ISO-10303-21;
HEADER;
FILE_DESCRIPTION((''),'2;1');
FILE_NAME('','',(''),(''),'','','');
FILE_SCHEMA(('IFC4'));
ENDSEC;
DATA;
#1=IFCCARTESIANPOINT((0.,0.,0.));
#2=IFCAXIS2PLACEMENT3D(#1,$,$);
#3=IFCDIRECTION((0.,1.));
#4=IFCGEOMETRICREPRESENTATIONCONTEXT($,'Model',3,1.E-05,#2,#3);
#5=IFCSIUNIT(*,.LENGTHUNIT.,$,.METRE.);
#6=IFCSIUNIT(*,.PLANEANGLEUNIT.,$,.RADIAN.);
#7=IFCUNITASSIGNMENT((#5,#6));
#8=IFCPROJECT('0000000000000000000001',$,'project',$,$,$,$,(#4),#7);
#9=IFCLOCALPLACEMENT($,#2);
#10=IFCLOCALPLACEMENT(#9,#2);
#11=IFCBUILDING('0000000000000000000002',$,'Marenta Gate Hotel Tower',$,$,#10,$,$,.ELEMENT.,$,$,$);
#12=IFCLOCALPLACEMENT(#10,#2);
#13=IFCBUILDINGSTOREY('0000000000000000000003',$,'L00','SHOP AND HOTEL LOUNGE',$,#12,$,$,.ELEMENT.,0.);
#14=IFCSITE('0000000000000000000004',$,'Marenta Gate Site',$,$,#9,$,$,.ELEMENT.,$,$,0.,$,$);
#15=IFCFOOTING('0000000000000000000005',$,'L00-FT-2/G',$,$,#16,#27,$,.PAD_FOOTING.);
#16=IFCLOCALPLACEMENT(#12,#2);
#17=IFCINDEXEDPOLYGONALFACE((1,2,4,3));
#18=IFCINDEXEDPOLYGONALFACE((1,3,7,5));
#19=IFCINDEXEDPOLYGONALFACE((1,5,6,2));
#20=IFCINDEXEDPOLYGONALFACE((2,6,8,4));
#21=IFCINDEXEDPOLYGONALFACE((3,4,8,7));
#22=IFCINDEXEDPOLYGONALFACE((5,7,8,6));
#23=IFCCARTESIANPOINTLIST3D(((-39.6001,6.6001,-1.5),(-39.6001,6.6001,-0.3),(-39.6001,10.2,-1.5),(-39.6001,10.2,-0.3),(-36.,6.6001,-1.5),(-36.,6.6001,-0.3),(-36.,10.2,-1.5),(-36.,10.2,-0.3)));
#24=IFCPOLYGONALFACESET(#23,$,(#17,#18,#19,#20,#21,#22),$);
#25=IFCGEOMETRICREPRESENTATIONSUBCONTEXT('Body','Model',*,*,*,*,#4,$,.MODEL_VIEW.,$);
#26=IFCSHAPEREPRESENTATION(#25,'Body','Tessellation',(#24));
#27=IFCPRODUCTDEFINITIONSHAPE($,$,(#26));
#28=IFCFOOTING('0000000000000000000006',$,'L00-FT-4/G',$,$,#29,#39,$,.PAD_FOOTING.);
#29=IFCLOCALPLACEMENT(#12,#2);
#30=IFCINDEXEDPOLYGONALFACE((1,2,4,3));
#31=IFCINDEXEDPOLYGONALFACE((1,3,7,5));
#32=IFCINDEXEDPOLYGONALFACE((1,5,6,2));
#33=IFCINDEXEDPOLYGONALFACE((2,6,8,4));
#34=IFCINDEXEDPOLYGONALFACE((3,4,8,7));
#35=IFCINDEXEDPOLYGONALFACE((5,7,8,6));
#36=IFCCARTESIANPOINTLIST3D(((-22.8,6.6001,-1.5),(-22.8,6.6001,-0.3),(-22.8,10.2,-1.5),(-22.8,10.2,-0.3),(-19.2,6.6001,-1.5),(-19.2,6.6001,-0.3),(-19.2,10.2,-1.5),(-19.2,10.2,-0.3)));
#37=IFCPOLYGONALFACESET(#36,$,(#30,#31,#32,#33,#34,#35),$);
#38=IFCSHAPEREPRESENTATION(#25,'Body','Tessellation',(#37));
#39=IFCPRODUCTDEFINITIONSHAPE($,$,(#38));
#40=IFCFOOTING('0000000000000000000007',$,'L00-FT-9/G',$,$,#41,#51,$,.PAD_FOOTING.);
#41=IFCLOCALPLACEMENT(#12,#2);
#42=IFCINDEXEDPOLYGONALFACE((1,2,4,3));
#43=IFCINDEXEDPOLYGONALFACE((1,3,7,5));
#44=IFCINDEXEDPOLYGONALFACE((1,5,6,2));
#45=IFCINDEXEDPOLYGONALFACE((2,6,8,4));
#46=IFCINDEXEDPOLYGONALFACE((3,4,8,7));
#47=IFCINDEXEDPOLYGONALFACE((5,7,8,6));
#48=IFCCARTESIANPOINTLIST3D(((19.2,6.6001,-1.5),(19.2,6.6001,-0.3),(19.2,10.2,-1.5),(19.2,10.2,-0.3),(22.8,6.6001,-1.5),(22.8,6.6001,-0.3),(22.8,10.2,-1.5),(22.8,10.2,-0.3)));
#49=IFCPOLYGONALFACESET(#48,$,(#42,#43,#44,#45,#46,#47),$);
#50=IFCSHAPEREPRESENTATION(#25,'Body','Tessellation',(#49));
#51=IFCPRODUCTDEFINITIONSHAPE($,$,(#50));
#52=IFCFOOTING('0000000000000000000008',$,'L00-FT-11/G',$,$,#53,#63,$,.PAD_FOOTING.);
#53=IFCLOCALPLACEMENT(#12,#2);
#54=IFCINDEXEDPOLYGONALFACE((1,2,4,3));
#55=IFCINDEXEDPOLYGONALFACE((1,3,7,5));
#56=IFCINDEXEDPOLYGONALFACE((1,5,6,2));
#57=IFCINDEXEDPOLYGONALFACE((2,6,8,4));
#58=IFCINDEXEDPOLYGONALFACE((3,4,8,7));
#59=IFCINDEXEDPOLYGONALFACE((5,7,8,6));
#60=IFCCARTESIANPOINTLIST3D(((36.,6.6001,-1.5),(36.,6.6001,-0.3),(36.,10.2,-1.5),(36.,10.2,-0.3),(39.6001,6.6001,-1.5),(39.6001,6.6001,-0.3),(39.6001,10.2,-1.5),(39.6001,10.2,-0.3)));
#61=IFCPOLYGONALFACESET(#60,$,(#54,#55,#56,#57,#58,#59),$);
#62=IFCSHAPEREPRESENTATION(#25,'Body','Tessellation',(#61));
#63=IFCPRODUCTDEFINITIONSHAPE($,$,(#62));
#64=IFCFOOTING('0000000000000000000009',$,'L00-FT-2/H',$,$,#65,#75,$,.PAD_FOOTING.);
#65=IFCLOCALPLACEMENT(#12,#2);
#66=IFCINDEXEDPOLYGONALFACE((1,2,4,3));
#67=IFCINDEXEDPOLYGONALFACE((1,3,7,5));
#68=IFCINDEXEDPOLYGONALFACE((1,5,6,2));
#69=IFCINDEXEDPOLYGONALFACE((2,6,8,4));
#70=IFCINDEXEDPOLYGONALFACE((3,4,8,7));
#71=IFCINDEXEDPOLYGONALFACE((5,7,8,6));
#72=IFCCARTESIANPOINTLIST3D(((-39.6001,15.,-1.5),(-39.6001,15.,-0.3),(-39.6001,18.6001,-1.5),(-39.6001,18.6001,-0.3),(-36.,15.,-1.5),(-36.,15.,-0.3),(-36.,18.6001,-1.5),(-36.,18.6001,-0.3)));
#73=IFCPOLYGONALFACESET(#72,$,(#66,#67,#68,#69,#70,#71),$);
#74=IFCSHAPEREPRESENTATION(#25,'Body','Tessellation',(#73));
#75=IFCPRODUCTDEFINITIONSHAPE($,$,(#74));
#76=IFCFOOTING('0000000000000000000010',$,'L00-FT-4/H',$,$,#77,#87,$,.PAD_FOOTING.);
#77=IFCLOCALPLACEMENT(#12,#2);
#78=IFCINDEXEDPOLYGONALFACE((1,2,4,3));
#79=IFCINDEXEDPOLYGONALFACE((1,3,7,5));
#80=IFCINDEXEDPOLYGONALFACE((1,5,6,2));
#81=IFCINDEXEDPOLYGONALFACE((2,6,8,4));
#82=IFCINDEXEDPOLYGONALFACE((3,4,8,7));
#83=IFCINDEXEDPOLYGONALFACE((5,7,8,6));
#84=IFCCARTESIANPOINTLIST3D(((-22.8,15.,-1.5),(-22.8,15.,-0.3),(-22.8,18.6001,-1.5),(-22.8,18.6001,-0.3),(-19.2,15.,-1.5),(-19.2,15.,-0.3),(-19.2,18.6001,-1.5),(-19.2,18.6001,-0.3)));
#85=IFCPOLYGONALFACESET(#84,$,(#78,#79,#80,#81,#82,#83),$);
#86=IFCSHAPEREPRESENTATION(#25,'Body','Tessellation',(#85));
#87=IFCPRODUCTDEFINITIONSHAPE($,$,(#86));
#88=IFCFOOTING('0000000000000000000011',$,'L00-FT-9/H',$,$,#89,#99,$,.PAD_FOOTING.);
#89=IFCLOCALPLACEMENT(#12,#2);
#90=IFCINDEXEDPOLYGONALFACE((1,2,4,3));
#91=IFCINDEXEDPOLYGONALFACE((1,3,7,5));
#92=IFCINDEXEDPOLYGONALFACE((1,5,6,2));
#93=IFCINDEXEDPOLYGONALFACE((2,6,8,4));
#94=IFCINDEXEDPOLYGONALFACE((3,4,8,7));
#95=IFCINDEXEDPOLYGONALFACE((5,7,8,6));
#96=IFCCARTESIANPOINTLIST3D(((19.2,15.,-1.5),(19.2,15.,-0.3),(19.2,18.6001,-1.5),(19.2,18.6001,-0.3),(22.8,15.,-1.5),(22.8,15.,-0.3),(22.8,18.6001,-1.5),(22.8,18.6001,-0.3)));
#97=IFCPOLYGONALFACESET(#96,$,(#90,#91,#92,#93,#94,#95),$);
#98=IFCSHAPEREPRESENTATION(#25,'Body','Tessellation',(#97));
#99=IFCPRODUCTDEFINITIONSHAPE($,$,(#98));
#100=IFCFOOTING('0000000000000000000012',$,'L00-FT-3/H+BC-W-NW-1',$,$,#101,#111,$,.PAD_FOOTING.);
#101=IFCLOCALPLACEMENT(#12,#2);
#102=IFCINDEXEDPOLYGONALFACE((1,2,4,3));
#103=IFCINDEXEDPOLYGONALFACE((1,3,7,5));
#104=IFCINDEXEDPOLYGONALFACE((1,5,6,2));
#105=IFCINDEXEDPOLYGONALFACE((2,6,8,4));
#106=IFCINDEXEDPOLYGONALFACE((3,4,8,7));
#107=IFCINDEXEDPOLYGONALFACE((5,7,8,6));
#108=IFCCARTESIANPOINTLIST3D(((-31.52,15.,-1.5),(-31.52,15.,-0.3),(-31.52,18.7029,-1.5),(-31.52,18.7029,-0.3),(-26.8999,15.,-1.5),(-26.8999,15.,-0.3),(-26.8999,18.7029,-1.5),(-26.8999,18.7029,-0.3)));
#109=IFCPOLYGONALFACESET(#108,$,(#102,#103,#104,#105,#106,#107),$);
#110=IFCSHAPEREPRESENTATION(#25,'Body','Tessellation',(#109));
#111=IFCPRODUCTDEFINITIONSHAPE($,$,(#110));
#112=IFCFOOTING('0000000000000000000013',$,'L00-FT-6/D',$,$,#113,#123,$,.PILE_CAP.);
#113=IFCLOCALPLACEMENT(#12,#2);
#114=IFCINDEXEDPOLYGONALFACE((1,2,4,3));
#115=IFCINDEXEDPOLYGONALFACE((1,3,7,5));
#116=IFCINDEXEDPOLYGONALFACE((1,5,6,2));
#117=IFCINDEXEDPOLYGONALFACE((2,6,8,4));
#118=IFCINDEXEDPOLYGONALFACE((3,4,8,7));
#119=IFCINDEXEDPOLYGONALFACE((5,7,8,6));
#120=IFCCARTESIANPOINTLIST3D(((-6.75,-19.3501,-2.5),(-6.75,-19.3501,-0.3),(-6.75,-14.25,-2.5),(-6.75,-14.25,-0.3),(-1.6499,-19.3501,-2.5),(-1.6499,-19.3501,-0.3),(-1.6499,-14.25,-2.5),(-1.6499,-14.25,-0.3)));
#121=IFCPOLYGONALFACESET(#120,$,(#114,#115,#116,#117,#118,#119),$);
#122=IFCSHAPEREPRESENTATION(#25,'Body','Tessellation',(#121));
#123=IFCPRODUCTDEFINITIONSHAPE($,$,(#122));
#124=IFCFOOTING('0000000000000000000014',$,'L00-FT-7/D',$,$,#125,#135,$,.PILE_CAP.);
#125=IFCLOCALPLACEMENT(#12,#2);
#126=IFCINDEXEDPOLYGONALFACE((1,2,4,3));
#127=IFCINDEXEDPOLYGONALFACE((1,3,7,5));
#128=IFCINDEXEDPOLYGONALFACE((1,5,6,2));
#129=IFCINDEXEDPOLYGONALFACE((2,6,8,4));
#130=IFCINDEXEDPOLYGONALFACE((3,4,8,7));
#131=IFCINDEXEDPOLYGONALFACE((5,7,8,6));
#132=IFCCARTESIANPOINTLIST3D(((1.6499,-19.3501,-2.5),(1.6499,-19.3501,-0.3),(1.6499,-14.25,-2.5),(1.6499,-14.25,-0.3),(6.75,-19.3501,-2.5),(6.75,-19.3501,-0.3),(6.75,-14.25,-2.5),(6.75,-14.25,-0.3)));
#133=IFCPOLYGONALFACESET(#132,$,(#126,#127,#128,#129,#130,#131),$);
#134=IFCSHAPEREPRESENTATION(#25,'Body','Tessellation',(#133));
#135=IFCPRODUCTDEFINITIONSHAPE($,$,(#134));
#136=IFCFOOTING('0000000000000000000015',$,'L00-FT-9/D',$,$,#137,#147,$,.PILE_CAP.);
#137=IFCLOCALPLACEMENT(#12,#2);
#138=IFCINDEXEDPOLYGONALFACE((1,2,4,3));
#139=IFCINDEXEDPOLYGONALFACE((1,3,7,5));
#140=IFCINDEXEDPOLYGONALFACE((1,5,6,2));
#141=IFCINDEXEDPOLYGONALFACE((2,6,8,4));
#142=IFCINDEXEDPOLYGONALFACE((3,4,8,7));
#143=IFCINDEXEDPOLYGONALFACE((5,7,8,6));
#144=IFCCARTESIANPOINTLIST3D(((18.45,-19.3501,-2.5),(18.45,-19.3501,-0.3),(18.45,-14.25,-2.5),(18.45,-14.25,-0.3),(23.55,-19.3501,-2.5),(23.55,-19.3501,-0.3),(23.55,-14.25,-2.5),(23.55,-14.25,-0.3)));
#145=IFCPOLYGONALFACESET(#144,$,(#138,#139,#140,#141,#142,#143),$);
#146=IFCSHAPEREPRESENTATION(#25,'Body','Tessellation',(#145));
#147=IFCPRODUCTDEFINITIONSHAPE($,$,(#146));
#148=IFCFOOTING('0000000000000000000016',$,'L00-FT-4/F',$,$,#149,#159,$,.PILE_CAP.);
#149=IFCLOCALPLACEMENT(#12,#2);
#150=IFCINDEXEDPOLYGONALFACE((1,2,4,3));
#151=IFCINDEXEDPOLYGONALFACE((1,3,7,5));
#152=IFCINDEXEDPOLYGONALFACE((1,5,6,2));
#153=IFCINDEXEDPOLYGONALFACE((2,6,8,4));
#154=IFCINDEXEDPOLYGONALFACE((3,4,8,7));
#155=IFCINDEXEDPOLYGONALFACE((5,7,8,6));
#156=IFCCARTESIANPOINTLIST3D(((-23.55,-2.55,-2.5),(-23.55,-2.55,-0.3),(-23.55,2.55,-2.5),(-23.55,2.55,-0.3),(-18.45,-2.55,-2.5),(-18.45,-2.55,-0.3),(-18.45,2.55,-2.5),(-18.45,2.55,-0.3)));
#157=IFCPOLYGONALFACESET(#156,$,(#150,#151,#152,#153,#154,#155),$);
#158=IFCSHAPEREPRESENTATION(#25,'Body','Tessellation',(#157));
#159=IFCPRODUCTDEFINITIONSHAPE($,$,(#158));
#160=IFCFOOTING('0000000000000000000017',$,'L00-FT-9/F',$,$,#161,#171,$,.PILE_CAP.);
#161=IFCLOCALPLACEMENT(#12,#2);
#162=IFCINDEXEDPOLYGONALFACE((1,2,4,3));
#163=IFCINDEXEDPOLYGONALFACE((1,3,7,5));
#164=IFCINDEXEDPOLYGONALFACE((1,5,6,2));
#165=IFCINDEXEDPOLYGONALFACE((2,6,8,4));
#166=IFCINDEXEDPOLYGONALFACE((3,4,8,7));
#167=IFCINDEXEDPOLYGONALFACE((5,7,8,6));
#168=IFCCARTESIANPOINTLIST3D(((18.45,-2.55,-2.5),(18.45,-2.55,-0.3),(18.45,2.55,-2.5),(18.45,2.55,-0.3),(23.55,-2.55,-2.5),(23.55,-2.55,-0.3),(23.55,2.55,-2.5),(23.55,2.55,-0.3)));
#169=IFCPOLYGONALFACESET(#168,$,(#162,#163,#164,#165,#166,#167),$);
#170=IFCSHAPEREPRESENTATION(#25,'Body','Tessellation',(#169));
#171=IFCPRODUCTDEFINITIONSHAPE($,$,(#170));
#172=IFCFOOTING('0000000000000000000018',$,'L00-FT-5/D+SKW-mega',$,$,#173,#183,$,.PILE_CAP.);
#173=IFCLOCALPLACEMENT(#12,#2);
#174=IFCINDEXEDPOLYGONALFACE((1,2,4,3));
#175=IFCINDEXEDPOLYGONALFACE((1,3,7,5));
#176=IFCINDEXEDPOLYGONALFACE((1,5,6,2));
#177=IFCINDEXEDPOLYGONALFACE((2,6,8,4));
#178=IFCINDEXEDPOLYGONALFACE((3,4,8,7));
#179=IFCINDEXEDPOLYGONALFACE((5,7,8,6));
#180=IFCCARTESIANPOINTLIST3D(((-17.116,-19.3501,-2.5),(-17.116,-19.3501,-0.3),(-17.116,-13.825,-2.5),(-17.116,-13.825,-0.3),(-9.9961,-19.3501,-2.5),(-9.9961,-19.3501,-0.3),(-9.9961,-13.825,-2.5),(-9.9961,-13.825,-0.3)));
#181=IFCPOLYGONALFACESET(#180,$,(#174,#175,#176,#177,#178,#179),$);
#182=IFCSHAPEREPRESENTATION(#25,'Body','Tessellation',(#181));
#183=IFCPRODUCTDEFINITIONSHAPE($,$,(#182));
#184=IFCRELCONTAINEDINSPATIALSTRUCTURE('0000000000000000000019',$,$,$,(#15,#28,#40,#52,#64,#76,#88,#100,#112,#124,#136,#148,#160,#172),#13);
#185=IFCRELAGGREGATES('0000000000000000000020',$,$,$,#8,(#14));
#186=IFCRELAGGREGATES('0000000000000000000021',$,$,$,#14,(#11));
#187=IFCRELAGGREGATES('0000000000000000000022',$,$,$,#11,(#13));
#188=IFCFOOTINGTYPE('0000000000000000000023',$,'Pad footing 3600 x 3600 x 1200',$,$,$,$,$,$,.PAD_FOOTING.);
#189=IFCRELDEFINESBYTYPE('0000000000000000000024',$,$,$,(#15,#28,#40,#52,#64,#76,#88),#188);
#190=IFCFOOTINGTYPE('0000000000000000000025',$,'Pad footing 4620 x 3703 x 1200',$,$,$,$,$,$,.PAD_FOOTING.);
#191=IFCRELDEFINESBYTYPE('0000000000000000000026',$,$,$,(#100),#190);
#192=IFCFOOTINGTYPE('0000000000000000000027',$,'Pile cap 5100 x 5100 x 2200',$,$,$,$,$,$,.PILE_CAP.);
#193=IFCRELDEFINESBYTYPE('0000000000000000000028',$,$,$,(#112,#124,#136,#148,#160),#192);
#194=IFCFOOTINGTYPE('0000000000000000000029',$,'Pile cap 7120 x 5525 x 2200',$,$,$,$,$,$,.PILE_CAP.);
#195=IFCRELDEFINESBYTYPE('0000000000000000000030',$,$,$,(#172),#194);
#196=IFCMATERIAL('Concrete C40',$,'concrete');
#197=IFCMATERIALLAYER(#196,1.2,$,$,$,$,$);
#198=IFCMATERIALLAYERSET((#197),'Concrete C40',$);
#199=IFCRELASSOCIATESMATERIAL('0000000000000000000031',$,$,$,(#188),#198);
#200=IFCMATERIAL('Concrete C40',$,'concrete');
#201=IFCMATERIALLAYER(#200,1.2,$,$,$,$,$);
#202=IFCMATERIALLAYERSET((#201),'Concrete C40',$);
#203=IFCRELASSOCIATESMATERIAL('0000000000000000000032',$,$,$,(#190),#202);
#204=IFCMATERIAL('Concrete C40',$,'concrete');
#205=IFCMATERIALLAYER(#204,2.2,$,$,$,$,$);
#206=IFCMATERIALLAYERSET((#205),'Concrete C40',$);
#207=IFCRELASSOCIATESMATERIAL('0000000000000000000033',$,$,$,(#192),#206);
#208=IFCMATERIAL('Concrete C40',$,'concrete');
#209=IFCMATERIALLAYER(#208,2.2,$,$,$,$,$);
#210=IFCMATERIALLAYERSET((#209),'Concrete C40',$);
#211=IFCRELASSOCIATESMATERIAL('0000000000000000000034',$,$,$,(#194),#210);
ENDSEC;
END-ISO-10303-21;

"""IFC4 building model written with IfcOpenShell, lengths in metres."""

from ifc_helpers import new_model, si_unit, direction, frame, origin, place, context, subcontext, project, spatial, polyline, outline, extrude, material, layer, layer_set, type_object, element, save


model = new_model("IFC4")

# Units and contexts
model_context = context("Model", 3, precision=1e-05, world=origin(), true_north=direction((0.0, 1.0)))
body_context = subcontext(model_context, "Body", "Model", "MODEL_VIEW")
ifc_project = project(units=[si_unit("LENGTHUNIT", "METRE"), si_unit("PLANEANGLEUNIT", "RADIAN")], contexts=[model_context])

# Site, building, storey
site_placement = place(None, origin())
site = spatial("IfcSite", under=ifc_project, at=site_placement, Name="Marenta Gate Site", CompositionType="ELEMENT", RefElevation=0.0)
building_placement = place(site_placement, origin())
building = spatial("IfcBuilding", under=site, at=building_placement, Name="Marenta Gate Hotel Tower", CompositionType="ELEMENT")
storey_placement = place(building_placement, origin())
storey = spatial("IfcBuildingStorey", under=building, at=storey_placement, Name="L00", Description="SHOP AND HOTEL LOUNGE", CompositionType="ELEMENT", Elevation=0.0)

# Footings
ifc_material_1 = material(Name="Concrete C40", Category="concrete")
ifc_layer_1 = layer(ifc_material_1, 1.2)
ifc_layer_set_1 = layer_set([ifc_layer_1], Name="Concrete C40")
footing_type_1 = type_object("IfcFootingType", Name="Pad footing 3600 x 3600 x 1200", PredefinedType="PAD_FOOTING", material=ifc_layer_set_1)
footing_1_placement = place(storey_placement, frame((0.0, 0.0, -1.5)))
element("IfcFooting", 1, at=footing_1_placement, inside=storey, type_object=footing_type_1, Name="L00-FT-2/G", PredefinedType="PAD_FOOTING", context=body_context, shape_type="SweptSolid", body=[
    extrude(outline(polyline([(-39.6001, 6.6001), (-36.0, 6.6001), (-36.0, 10.2), (-39.6001, 10.2), (-39.6001, 6.6001)])), origin(), (0.0, 0.0, 1.0), 1.2),
])
footing_2_placement = place(storey_placement, frame((0.0, 0.0, -1.5)))
element("IfcFooting", 2, at=footing_2_placement, inside=storey, type_object=footing_type_1, Name="L00-FT-4/G", PredefinedType="PAD_FOOTING", context=body_context, shape_type="SweptSolid", body=[
    extrude(outline(polyline([(-22.8, 6.6001), (-19.2, 6.6001), (-19.2, 10.2), (-22.8, 10.2), (-22.8, 6.6001)])), origin(), (0.0, 0.0, 1.0), 1.2),
])
footing_3_placement = place(storey_placement, frame((0.0, 0.0, -1.5)))
element("IfcFooting", 3, at=footing_3_placement, inside=storey, type_object=footing_type_1, Name="L00-FT-9/G", PredefinedType="PAD_FOOTING", context=body_context, shape_type="SweptSolid", body=[
    extrude(outline(polyline([(19.2, 6.6001), (22.8, 6.6001), (22.8, 10.2), (19.2, 10.2), (19.2, 6.6001)])), origin(), (0.0, 0.0, 1.0), 1.2),
])
footing_4_placement = place(storey_placement, frame((0.0, 0.0, -1.5)))
element("IfcFooting", 4, at=footing_4_placement, inside=storey, type_object=footing_type_1, Name="L00-FT-11/G", PredefinedType="PAD_FOOTING", context=body_context, shape_type="SweptSolid", body=[
    extrude(outline(polyline([(36.0, 6.6001), (39.6001, 6.6001), (39.6001, 10.2), (36.0, 10.2), (36.0, 6.6001)])), origin(), (0.0, 0.0, 1.0), 1.2),
])
footing_5_placement = place(storey_placement, frame((0.0, 0.0, -1.5)))
element("IfcFooting", 5, at=footing_5_placement, inside=storey, type_object=footing_type_1, Name="L00-FT-2/H", PredefinedType="PAD_FOOTING", context=body_context, shape_type="SweptSolid", body=[
    extrude(outline(polyline([(-39.6001, 15.0), (-36.0, 15.0), (-36.0, 18.6001), (-39.6001, 18.6001), (-39.6001, 15.0)])), origin(), (0.0, 0.0, 1.0), 1.2),
])
footing_6_placement = place(storey_placement, frame((0.0, 0.0, -1.5)))
element("IfcFooting", 6, at=footing_6_placement, inside=storey, type_object=footing_type_1, Name="L00-FT-4/H", PredefinedType="PAD_FOOTING", context=body_context, shape_type="SweptSolid", body=[
    extrude(outline(polyline([(-22.8, 15.0), (-19.2, 15.0), (-19.2, 18.6001), (-22.8, 18.6001), (-22.8, 15.0)])), origin(), (0.0, 0.0, 1.0), 1.2),
])
footing_7_placement = place(storey_placement, frame((0.0, 0.0, -1.5)))
element("IfcFooting", 7, at=footing_7_placement, inside=storey, type_object=footing_type_1, Name="L00-FT-9/H", PredefinedType="PAD_FOOTING", context=body_context, shape_type="SweptSolid", body=[
    extrude(outline(polyline([(19.2, 15.0), (22.8, 15.0), (22.8, 18.6001), (19.2, 18.6001), (19.2, 15.0)])), origin(), (0.0, 0.0, 1.0), 1.2),
])
ifc_material_2 = material(Name="Concrete C40", Category="concrete")
ifc_layer_2 = layer(ifc_material_2, 1.2)
ifc_layer_set_2 = layer_set([ifc_layer_2], Name="Concrete C40")
footing_type_2 = type_object("IfcFootingType", Name="Pad footing 4620 x 3703 x 1200", PredefinedType="PAD_FOOTING", material=ifc_layer_set_2)
footing_8_placement = place(storey_placement, frame((0.0, 0.0, -1.5)))
element("IfcFooting", 8, at=footing_8_placement, inside=storey, type_object=footing_type_2, Name="L00-FT-3/H+BC-W-NW-1", PredefinedType="PAD_FOOTING", context=body_context, shape_type="SweptSolid", body=[
    extrude(outline(polyline([(-31.52, 15.0), (-26.8999, 15.0), (-26.8999, 18.7029), (-31.52, 18.7029), (-31.52, 15.0)])), origin(), (0.0, 0.0, 1.0), 1.2),
])
ifc_material_3 = material(Name="Concrete C40", Category="concrete")
ifc_layer_3 = layer(ifc_material_3, 2.2)
ifc_layer_set_3 = layer_set([ifc_layer_3], Name="Concrete C40")
footing_type_3 = type_object("IfcFootingType", Name="Pile cap 5100 x 5100 x 2200", PredefinedType="PILE_CAP", material=ifc_layer_set_3)
footing_9_placement = place(storey_placement, frame((0.0, 0.0, -2.5)))
element("IfcFooting", 9, at=footing_9_placement, inside=storey, type_object=footing_type_3, Name="L00-FT-6/D", PredefinedType="PILE_CAP", context=body_context, shape_type="SweptSolid", body=[
    extrude(outline(polyline([(-6.75, -19.3501), (-1.6499, -19.3501), (-1.6499, -14.25), (-6.75, -14.25), (-6.75, -19.3501)])), origin(), (0.0, 0.0, 1.0), 2.2),
])
footing_10_placement = place(storey_placement, frame((0.0, 0.0, -2.5)))
element("IfcFooting", 10, at=footing_10_placement, inside=storey, type_object=footing_type_3, Name="L00-FT-7/D", PredefinedType="PILE_CAP", context=body_context, shape_type="SweptSolid", body=[
    extrude(outline(polyline([(1.6499, -19.3501), (6.75, -19.3501), (6.75, -14.25), (1.6499, -14.25), (1.6499, -19.3501)])), origin(), (0.0, 0.0, 1.0), 2.2),
])
footing_11_placement = place(storey_placement, frame((0.0, 0.0, -2.5)))
element("IfcFooting", 11, at=footing_11_placement, inside=storey, type_object=footing_type_3, Name="L00-FT-9/D", PredefinedType="PILE_CAP", context=body_context, shape_type="SweptSolid", body=[
    extrude(outline(polyline([(18.45, -19.3501), (23.55, -19.3501), (23.55, -14.25), (18.45, -14.25), (18.45, -19.3501)])), origin(), (0.0, 0.0, 1.0), 2.2),
])
footing_12_placement = place(storey_placement, frame((0.0, 0.0, -2.5)))
element("IfcFooting", 12, at=footing_12_placement, inside=storey, type_object=footing_type_3, Name="L00-FT-4/F", PredefinedType="PILE_CAP", context=body_context, shape_type="SweptSolid", body=[
    extrude(outline(polyline([(-23.55, -2.55), (-18.45, -2.55), (-18.45, 2.55), (-23.55, 2.55), (-23.55, -2.55)])), origin(), (0.0, 0.0, 1.0), 2.2),
])
footing_13_placement = place(storey_placement, frame((0.0, 0.0, -2.5)))
element("IfcFooting", 13, at=footing_13_placement, inside=storey, type_object=footing_type_3, Name="L00-FT-9/F", PredefinedType="PILE_CAP", context=body_context, shape_type="SweptSolid", body=[
    extrude(outline(polyline([(18.45, -2.55), (23.55, -2.55), (23.55, 2.55), (18.45, 2.55), (18.45, -2.55)])), origin(), (0.0, 0.0, 1.0), 2.2),
])
ifc_material_4 = material(Name="Concrete C40", Category="concrete")
ifc_layer_4 = layer(ifc_material_4, 2.2)
ifc_layer_set_4 = layer_set([ifc_layer_4], Name="Concrete C40")
footing_type_4 = type_object("IfcFootingType", Name="Pile cap 7120 x 5525 x 2200", PredefinedType="PILE_CAP", material=ifc_layer_set_4)
footing_14_placement = place(storey_placement, frame((0.0, 0.0, -2.5)))
element("IfcFooting", 14, at=footing_14_placement, inside=storey, type_object=footing_type_4, Name="L00-FT-5/D+SKW-mega", PredefinedType="PILE_CAP", context=body_context, shape_type="SweptSolid", body=[
    extrude(outline(polyline([(-17.116, -19.3501), (-9.9961, -19.3501), (-9.9961, -13.825), (-17.116, -13.825), (-17.116, -19.3501)])), origin(), (0.0, 0.0, 1.0), 2.2),
])

save(model, "model.ifc")
